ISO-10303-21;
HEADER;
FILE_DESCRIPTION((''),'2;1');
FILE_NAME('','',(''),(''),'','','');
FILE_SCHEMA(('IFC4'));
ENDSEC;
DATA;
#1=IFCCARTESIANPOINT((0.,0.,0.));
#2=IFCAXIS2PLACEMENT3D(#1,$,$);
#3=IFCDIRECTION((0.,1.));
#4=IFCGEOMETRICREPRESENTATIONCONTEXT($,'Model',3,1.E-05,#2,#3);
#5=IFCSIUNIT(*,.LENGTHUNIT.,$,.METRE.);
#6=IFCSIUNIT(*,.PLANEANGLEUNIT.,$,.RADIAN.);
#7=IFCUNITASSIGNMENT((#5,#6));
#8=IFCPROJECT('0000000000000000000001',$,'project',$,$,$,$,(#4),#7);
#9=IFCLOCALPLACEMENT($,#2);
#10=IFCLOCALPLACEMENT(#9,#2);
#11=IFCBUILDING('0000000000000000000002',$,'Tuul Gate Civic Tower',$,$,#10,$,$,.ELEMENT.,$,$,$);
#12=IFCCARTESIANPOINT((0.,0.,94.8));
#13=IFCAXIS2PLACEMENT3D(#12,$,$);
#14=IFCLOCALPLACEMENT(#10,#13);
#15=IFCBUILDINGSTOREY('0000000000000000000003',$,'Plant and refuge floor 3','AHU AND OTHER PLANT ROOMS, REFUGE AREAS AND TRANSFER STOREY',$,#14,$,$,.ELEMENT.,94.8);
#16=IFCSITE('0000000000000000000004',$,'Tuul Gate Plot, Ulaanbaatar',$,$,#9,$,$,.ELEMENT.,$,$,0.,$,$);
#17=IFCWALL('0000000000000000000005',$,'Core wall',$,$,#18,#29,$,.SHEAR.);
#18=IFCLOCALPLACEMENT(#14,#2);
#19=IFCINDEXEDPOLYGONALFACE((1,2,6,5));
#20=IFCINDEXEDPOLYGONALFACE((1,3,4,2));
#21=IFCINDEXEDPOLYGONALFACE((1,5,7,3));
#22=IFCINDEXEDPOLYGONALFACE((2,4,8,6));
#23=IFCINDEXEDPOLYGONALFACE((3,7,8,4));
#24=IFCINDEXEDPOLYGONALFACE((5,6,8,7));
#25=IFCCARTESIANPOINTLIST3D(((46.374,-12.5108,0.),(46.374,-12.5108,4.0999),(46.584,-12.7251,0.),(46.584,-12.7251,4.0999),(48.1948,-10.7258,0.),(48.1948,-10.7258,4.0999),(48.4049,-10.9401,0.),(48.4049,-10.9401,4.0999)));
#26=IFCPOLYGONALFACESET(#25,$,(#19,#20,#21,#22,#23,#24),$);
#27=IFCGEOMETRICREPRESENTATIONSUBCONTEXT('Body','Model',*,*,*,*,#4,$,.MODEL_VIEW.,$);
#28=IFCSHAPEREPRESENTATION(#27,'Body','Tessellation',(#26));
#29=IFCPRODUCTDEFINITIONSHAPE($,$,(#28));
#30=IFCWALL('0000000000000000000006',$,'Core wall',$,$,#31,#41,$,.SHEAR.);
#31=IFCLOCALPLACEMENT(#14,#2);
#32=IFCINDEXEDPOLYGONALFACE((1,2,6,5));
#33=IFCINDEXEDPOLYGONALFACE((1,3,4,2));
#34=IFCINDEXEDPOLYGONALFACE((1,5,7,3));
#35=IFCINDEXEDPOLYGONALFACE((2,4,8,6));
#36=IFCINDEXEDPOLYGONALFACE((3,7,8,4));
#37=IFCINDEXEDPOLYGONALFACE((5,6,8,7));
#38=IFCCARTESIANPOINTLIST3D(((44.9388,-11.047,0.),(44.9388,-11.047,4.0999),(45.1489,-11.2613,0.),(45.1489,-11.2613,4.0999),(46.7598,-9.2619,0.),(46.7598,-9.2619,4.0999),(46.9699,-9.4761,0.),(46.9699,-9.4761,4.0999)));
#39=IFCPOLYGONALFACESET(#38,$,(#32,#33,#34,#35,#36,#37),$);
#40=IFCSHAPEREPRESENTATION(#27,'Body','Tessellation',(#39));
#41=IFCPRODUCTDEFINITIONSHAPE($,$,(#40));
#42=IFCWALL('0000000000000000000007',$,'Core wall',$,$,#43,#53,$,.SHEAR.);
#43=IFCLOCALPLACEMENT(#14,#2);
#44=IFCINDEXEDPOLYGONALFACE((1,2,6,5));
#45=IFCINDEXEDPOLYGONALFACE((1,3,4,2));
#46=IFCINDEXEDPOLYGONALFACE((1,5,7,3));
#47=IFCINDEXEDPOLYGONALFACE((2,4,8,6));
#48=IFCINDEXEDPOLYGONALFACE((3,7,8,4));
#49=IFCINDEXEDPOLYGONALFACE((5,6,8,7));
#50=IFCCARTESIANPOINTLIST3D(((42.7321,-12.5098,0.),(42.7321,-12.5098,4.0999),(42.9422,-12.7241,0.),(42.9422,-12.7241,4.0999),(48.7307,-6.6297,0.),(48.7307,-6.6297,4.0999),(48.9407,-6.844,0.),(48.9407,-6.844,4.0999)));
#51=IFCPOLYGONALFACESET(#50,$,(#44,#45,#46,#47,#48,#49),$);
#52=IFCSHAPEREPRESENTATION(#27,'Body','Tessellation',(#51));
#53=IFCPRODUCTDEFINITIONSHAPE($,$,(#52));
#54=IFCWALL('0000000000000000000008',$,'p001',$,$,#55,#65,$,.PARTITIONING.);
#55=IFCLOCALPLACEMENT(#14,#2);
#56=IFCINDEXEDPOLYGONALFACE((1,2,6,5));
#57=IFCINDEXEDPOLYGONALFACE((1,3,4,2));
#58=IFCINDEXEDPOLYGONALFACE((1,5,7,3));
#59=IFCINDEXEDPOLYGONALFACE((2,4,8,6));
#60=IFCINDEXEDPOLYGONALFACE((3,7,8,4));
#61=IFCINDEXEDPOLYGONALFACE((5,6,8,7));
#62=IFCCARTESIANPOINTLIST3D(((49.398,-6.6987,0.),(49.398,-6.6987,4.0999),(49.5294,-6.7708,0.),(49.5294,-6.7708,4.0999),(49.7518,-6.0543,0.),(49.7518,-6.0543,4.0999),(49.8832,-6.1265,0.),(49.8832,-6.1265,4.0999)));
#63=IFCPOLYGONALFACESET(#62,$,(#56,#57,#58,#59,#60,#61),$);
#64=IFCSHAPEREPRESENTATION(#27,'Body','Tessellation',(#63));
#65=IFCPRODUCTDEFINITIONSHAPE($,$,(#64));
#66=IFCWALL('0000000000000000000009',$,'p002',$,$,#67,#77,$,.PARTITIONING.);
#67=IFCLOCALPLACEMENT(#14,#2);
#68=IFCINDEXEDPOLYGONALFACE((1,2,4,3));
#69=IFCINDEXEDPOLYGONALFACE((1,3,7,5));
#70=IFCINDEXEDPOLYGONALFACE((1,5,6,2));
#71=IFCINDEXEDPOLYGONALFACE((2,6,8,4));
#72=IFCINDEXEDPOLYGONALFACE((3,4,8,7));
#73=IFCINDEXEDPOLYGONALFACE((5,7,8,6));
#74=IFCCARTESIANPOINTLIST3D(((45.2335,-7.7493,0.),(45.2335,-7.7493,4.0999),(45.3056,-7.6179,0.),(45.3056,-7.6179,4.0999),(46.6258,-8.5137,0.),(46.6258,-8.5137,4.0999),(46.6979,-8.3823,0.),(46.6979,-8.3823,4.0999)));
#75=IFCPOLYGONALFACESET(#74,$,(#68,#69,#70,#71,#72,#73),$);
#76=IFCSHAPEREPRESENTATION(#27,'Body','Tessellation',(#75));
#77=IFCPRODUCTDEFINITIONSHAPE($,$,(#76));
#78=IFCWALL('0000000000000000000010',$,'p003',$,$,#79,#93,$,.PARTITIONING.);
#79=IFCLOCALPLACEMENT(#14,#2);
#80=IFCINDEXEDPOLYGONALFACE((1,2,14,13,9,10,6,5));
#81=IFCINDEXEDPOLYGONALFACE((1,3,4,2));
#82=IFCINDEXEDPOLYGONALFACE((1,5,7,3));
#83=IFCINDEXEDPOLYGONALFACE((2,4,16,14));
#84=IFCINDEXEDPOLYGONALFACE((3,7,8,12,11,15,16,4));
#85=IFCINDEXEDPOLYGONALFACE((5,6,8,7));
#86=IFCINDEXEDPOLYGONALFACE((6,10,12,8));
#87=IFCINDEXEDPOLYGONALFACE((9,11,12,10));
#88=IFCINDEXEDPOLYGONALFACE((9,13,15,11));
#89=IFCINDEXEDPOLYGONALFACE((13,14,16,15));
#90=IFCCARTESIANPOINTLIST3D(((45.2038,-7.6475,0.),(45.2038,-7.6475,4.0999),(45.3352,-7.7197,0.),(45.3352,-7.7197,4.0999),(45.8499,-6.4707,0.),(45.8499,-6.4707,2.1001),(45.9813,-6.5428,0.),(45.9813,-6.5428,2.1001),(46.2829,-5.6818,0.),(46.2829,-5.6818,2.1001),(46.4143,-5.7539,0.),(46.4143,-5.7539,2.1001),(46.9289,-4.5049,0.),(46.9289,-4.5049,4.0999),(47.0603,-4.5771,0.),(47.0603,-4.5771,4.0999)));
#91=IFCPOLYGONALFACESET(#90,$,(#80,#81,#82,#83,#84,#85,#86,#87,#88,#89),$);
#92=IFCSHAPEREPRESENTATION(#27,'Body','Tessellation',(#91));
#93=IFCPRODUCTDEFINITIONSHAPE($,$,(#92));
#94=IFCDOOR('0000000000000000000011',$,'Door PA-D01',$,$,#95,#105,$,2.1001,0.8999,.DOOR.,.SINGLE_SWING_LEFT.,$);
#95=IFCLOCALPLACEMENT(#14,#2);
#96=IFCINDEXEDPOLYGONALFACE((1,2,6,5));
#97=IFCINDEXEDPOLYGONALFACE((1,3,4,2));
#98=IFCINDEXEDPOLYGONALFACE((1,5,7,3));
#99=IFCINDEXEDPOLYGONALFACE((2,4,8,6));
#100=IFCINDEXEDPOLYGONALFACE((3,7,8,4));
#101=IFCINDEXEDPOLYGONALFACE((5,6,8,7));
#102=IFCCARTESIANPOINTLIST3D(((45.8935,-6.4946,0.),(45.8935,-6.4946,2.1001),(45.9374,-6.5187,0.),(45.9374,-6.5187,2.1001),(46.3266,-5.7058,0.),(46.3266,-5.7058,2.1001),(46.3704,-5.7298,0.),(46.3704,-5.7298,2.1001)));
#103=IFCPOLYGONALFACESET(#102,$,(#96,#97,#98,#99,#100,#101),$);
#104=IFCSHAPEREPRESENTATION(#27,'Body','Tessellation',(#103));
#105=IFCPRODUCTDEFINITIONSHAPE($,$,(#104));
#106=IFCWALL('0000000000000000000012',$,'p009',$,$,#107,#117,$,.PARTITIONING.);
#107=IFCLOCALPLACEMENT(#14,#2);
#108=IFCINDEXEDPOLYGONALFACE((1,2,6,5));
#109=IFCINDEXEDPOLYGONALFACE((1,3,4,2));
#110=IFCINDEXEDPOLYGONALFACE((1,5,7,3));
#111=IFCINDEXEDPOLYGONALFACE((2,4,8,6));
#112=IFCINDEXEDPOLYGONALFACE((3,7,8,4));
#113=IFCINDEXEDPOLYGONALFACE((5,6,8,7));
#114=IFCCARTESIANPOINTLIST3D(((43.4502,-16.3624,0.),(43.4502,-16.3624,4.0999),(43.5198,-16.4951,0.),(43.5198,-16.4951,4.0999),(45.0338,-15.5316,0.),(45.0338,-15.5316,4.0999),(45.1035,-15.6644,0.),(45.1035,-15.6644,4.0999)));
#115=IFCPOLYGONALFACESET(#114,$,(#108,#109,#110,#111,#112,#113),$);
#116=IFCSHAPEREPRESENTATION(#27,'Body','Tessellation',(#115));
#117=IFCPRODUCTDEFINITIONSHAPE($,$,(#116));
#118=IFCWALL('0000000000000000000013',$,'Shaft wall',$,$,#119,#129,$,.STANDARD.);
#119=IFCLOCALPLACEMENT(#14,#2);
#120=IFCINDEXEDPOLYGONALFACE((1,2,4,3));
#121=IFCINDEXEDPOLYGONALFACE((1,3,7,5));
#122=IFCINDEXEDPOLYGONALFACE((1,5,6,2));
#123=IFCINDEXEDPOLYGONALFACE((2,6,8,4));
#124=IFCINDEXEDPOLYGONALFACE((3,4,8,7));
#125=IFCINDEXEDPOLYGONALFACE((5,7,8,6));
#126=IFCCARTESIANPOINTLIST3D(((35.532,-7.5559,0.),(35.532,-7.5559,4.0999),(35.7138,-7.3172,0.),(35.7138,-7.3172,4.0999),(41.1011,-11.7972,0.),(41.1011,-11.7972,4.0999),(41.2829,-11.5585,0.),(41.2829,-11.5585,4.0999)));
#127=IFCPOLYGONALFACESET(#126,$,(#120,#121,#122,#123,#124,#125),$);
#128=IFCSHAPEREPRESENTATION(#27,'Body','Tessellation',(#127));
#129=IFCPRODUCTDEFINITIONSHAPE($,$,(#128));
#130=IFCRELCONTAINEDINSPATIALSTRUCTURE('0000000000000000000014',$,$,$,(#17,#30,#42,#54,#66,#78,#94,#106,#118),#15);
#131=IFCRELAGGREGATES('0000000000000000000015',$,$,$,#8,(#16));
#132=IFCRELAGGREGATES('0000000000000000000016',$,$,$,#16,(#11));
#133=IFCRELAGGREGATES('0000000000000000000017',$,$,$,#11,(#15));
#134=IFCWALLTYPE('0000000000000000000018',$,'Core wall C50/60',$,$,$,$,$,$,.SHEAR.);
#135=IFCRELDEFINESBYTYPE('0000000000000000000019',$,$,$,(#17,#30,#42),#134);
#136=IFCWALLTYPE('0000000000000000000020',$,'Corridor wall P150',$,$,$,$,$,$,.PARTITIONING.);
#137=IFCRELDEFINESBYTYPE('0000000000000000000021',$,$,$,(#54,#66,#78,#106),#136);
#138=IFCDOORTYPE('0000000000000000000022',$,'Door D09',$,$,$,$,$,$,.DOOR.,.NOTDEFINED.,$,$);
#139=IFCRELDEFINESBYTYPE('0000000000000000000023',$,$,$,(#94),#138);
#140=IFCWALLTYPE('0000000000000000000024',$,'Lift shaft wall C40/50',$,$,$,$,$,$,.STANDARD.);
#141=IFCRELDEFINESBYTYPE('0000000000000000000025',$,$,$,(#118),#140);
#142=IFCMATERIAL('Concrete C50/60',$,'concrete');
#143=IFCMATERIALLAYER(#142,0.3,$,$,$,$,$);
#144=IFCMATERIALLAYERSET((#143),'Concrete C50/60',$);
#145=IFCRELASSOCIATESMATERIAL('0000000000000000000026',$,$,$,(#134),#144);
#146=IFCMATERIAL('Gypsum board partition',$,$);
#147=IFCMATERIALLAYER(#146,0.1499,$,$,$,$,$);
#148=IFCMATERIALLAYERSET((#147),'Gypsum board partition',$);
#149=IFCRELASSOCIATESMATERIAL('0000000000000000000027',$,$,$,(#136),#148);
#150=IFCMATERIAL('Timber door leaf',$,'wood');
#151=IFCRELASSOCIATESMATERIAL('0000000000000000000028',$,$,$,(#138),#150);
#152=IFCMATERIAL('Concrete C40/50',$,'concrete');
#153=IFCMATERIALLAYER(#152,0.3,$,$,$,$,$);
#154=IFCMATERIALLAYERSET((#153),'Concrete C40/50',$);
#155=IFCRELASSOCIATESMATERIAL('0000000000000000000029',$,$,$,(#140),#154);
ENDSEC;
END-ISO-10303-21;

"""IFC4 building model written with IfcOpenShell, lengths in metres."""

from ifc_helpers import new_model, si_unit, direction, frame, frame_2d, origin, place, context, subcontext, project, spatial, rectangle, extrude, material, layer, layer_set, type_object, element, fill, save


model = new_model("IFC4")

# Units and contexts
model_context = context("Model", 3, precision=1e-05, world=origin(), true_north=direction((0.0, 1.0)))
body_context = subcontext(model_context, "Body", "Model", "MODEL_VIEW")
ifc_project = project(units=[si_unit("LENGTHUNIT", "METRE"), si_unit("PLANEANGLEUNIT", "RADIAN")], contexts=[model_context])

# Site, building, storey
site_placement = place(None, origin())
site = spatial("IfcSite", under=ifc_project, at=site_placement, Name="Tuul Gate Plot, Ulaanbaatar", CompositionType="ELEMENT", RefElevation=0.0)
building_placement = place(site_placement, origin())
building = spatial("IfcBuilding", under=site, at=building_placement, Name="Tuul Gate Civic Tower", CompositionType="ELEMENT")
storey_placement = place(building_placement, frame((0.0, 0.0, 94.8)))
storey = spatial("IfcBuildingStorey", under=building, at=storey_placement, Name="Plant and refuge floor 3", Description="AHU AND OTHER PLANT ROOMS, REFUGE AREAS AND TRANSFER STOREY", CompositionType="ELEMENT", Elevation=94.8)

# Shared definitions
ifc_material_1 = material(Name="Concrete C50/60", Category="concrete")
ifc_layer_1 = layer(ifc_material_1, 0.3)
ifc_layer_set_1 = layer_set([ifc_layer_1], Name="Concrete C50/60")
wall_type_1 = type_object("IfcWallType", Name="Core wall C50/60", PredefinedType="SHEAR", material=ifc_layer_set_1)

# Walls
wall_1_placement = place(storey_placement, frame((46.479, -12.6179, 0.0), z_axis=(0.0, 0.0, 1.0), x_axis=(0.714109, 0.700034, 0.0)))
element("IfcWall", 1, at=wall_1_placement, inside=storey, type_object=wall_type_1, Name="Core wall", PredefinedType="SHEAR", context=body_context, shape_type="SweptSolid", body=[
    extrude(rectangle(XDim=2.5498, YDim=0.3, at=frame_2d((1.2749, 0.0))), origin(), (0.0, 0.0, 1.0), 4.0999),
])
wall_2_placement = place(storey_placement, frame((45.0439, -11.1541, 0.0), z_axis=(0.0, 0.0, 1.0), x_axis=(0.714108, 0.700035, 0.0)))
element("IfcWall", 2, at=wall_2_placement, inside=storey, type_object=wall_type_1, Name="Core wall", PredefinedType="SHEAR", context=body_context, shape_type="SweptSolid", body=[
    extrude(rectangle(XDim=2.55, YDim=0.3, at=frame_2d((1.2749, 0.0))), origin(), (0.0, 0.0, 1.0), 4.0999),
])
wall_3_placement = place(storey_placement, frame((42.8372, -12.6169, 0.0), z_axis=(0.0, 0.0, 1.0), x_axis=(0.71412, 0.700023, 0.0)))
element("IfcWall", 3, at=wall_3_placement, inside=storey, type_object=wall_type_1, Name="Core wall", PredefinedType="SHEAR", context=body_context, shape_type="SweptSolid", body=[
    extrude(rectangle(XDim=8.3999, YDim=0.3, at=frame_2d((4.2, 0.0))), origin(), (0.0, 0.0, 1.0), 4.0999),
])
ifc_material_2 = material(Name="Gypsum board partition")
ifc_layer_2 = layer(ifc_material_2, 0.1499)
ifc_layer_set_2 = layer_set([ifc_layer_2], Name="Gypsum board partition")
wall_type_2 = type_object("IfcWallType", Name="Corridor wall P150", PredefinedType="PARTITIONING", material=ifc_layer_set_2)
wall_4_placement = place(storey_placement, frame((49.4636, -6.7349, 0.0), z_axis=(0.0, 0.0, 1.0), x_axis=(0.481294, 0.876559, 0.0)))
element("IfcWall", 4, at=wall_4_placement, inside=storey, type_object=wall_type_2, Name="p001", PredefinedType="PARTITIONING", context=body_context, shape_type="SweptSolid", body=[
    extrude(rectangle(XDim=0.7351, YDim=0.1499, at=frame_2d((0.3677, 0.0))), origin(), (0.0, 0.0, 1.0), 4.0999),
])
wall_5_placement = place(storey_placement, frame((45.2695, -7.6836, 0.0), z_axis=(0.0, 0.0, 1.0), x_axis=(0.876582, -0.481252, 0.0)))
element("IfcWall", 5, at=wall_5_placement, inside=storey, type_object=wall_type_2, Name="p002", PredefinedType="PARTITIONING", context=body_context, shape_type="SweptSolid", body=[
    extrude(rectangle(XDim=1.5884, YDim=0.1499, at=frame_2d((0.7942, 0.0))), origin(), (0.0, 0.0, 1.0), 4.0999),
])

# Wall, opening, door
wall_6_placement = place(storey_placement, frame((45.2695, -7.6836, 0.0), z_axis=(0.0, 0.0, 1.0), x_axis=(0.481208, 0.876607, 0.0)))
wall_6 = element("IfcWall", 6, at=wall_6_placement, inside=storey, type_object=wall_type_2, Name="p003", PredefinedType="PARTITIONING", context=body_context, shape_type="SweptSolid", body=[
    extrude(rectangle(XDim=3.585, YDim=0.1499, at=frame_2d((1.7925, 0.0))), origin(), (0.0, 0.0, 1.0), 4.0999),
])
opening_1_placement = place(wall_6_placement, frame((1.3425, 0.0, 0.0)))
opening_1 = element("IfcOpeningElement", 7, at=opening_1_placement, cuts=wall_6, PredefinedType="OPENING", context=body_context, shape_type="SweptSolid", body=[
    extrude(rectangle(XDim=0.8999, YDim=2.1001, at=frame_2d((0.45, 1.05))), frame((0.0, 0.085, 0.0), z_axis=(0.0, -1.0, 0.0), x_axis=(1.0, 0.0, 0.0)), (0.0, 0.0, 1.0), 0.1699),
])
ifc_material_3 = material(Name="Timber door leaf", Category="wood")
door_type_1 = type_object("IfcDoorType", Name="Door D09", OperationType="NOTDEFINED", PredefinedType="DOOR", material=ifc_material_3)
door_1_placement = place(opening_1_placement, frame((0.8999, 0.0, 0.0), z_axis=(0.0, 0.0, 1.0), x_axis=(-1.0, 0.0, 0.0)))
door_1 = element("IfcDoor", 8, at=door_1_placement, inside=storey, type_object=door_type_1, Name="Door PA-D01", OperationType="SINGLE_SWING_LEFT", OverallHeight=2.1001, OverallWidth=0.8999, PredefinedType="DOOR", context=body_context, shape_type="SweptSolid", body=[
    extrude(rectangle(XDim=0.8999, YDim=2.1001, at=frame_2d((0.45, 1.05))), frame((0.0, 0.0249, 0.0), z_axis=(0.0, -1.0, 0.0), x_axis=(1.0, 0.0, 0.0)), (0.0, 0.0, 1.0), 0.05),
])
fill(opening_1, door_1)

# Walls
wall_7_placement = place(storey_placement, frame((43.4851, -16.4287, 0.0), z_axis=(0.0, 0.0, 1.0), x_axis=(0.885548, 0.464548, 0.0)))
element("IfcWall", 9, at=wall_7_placement, inside=storey, type_object=wall_type_2, Name="p009", PredefinedType="PARTITIONING", context=body_context, shape_type="SweptSolid", body=[
    extrude(rectangle(XDim=1.7883, YDim=0.1499, at=frame_2d((0.894, 0.0))), origin(), (0.0, 0.0, 1.0), 4.0999),
])
ifc_material_4 = material(Name="Concrete C40/50", Category="concrete")
ifc_layer_3 = layer(ifc_material_4, 0.3)
ifc_layer_set_3 = layer_set([ifc_layer_3], Name="Concrete C40/50")
wall_type_3 = type_object("IfcWallType", Name="Lift shaft wall C40/50", PredefinedType="STANDARD", material=ifc_layer_set_3)
wall_8_placement = place(storey_placement, frame((41.1919, -11.6777, 0.0), z_axis=(0.0, 0.0, 1.0), x_axis=(-0.795563, 0.605871, 0.0)))
element("IfcWall", 10, at=wall_8_placement, inside=storey, type_object=wall_type_3, Name="Shaft wall", PredefinedType="STANDARD", context=body_context, shape_type="SweptSolid", body=[
    extrude(rectangle(XDim=7.0002, YDim=0.3, at=frame_2d((3.5, 0.0))), origin(), (0.0, 0.0, 1.0), 4.0999),
])

save(model, "model.ifc")
